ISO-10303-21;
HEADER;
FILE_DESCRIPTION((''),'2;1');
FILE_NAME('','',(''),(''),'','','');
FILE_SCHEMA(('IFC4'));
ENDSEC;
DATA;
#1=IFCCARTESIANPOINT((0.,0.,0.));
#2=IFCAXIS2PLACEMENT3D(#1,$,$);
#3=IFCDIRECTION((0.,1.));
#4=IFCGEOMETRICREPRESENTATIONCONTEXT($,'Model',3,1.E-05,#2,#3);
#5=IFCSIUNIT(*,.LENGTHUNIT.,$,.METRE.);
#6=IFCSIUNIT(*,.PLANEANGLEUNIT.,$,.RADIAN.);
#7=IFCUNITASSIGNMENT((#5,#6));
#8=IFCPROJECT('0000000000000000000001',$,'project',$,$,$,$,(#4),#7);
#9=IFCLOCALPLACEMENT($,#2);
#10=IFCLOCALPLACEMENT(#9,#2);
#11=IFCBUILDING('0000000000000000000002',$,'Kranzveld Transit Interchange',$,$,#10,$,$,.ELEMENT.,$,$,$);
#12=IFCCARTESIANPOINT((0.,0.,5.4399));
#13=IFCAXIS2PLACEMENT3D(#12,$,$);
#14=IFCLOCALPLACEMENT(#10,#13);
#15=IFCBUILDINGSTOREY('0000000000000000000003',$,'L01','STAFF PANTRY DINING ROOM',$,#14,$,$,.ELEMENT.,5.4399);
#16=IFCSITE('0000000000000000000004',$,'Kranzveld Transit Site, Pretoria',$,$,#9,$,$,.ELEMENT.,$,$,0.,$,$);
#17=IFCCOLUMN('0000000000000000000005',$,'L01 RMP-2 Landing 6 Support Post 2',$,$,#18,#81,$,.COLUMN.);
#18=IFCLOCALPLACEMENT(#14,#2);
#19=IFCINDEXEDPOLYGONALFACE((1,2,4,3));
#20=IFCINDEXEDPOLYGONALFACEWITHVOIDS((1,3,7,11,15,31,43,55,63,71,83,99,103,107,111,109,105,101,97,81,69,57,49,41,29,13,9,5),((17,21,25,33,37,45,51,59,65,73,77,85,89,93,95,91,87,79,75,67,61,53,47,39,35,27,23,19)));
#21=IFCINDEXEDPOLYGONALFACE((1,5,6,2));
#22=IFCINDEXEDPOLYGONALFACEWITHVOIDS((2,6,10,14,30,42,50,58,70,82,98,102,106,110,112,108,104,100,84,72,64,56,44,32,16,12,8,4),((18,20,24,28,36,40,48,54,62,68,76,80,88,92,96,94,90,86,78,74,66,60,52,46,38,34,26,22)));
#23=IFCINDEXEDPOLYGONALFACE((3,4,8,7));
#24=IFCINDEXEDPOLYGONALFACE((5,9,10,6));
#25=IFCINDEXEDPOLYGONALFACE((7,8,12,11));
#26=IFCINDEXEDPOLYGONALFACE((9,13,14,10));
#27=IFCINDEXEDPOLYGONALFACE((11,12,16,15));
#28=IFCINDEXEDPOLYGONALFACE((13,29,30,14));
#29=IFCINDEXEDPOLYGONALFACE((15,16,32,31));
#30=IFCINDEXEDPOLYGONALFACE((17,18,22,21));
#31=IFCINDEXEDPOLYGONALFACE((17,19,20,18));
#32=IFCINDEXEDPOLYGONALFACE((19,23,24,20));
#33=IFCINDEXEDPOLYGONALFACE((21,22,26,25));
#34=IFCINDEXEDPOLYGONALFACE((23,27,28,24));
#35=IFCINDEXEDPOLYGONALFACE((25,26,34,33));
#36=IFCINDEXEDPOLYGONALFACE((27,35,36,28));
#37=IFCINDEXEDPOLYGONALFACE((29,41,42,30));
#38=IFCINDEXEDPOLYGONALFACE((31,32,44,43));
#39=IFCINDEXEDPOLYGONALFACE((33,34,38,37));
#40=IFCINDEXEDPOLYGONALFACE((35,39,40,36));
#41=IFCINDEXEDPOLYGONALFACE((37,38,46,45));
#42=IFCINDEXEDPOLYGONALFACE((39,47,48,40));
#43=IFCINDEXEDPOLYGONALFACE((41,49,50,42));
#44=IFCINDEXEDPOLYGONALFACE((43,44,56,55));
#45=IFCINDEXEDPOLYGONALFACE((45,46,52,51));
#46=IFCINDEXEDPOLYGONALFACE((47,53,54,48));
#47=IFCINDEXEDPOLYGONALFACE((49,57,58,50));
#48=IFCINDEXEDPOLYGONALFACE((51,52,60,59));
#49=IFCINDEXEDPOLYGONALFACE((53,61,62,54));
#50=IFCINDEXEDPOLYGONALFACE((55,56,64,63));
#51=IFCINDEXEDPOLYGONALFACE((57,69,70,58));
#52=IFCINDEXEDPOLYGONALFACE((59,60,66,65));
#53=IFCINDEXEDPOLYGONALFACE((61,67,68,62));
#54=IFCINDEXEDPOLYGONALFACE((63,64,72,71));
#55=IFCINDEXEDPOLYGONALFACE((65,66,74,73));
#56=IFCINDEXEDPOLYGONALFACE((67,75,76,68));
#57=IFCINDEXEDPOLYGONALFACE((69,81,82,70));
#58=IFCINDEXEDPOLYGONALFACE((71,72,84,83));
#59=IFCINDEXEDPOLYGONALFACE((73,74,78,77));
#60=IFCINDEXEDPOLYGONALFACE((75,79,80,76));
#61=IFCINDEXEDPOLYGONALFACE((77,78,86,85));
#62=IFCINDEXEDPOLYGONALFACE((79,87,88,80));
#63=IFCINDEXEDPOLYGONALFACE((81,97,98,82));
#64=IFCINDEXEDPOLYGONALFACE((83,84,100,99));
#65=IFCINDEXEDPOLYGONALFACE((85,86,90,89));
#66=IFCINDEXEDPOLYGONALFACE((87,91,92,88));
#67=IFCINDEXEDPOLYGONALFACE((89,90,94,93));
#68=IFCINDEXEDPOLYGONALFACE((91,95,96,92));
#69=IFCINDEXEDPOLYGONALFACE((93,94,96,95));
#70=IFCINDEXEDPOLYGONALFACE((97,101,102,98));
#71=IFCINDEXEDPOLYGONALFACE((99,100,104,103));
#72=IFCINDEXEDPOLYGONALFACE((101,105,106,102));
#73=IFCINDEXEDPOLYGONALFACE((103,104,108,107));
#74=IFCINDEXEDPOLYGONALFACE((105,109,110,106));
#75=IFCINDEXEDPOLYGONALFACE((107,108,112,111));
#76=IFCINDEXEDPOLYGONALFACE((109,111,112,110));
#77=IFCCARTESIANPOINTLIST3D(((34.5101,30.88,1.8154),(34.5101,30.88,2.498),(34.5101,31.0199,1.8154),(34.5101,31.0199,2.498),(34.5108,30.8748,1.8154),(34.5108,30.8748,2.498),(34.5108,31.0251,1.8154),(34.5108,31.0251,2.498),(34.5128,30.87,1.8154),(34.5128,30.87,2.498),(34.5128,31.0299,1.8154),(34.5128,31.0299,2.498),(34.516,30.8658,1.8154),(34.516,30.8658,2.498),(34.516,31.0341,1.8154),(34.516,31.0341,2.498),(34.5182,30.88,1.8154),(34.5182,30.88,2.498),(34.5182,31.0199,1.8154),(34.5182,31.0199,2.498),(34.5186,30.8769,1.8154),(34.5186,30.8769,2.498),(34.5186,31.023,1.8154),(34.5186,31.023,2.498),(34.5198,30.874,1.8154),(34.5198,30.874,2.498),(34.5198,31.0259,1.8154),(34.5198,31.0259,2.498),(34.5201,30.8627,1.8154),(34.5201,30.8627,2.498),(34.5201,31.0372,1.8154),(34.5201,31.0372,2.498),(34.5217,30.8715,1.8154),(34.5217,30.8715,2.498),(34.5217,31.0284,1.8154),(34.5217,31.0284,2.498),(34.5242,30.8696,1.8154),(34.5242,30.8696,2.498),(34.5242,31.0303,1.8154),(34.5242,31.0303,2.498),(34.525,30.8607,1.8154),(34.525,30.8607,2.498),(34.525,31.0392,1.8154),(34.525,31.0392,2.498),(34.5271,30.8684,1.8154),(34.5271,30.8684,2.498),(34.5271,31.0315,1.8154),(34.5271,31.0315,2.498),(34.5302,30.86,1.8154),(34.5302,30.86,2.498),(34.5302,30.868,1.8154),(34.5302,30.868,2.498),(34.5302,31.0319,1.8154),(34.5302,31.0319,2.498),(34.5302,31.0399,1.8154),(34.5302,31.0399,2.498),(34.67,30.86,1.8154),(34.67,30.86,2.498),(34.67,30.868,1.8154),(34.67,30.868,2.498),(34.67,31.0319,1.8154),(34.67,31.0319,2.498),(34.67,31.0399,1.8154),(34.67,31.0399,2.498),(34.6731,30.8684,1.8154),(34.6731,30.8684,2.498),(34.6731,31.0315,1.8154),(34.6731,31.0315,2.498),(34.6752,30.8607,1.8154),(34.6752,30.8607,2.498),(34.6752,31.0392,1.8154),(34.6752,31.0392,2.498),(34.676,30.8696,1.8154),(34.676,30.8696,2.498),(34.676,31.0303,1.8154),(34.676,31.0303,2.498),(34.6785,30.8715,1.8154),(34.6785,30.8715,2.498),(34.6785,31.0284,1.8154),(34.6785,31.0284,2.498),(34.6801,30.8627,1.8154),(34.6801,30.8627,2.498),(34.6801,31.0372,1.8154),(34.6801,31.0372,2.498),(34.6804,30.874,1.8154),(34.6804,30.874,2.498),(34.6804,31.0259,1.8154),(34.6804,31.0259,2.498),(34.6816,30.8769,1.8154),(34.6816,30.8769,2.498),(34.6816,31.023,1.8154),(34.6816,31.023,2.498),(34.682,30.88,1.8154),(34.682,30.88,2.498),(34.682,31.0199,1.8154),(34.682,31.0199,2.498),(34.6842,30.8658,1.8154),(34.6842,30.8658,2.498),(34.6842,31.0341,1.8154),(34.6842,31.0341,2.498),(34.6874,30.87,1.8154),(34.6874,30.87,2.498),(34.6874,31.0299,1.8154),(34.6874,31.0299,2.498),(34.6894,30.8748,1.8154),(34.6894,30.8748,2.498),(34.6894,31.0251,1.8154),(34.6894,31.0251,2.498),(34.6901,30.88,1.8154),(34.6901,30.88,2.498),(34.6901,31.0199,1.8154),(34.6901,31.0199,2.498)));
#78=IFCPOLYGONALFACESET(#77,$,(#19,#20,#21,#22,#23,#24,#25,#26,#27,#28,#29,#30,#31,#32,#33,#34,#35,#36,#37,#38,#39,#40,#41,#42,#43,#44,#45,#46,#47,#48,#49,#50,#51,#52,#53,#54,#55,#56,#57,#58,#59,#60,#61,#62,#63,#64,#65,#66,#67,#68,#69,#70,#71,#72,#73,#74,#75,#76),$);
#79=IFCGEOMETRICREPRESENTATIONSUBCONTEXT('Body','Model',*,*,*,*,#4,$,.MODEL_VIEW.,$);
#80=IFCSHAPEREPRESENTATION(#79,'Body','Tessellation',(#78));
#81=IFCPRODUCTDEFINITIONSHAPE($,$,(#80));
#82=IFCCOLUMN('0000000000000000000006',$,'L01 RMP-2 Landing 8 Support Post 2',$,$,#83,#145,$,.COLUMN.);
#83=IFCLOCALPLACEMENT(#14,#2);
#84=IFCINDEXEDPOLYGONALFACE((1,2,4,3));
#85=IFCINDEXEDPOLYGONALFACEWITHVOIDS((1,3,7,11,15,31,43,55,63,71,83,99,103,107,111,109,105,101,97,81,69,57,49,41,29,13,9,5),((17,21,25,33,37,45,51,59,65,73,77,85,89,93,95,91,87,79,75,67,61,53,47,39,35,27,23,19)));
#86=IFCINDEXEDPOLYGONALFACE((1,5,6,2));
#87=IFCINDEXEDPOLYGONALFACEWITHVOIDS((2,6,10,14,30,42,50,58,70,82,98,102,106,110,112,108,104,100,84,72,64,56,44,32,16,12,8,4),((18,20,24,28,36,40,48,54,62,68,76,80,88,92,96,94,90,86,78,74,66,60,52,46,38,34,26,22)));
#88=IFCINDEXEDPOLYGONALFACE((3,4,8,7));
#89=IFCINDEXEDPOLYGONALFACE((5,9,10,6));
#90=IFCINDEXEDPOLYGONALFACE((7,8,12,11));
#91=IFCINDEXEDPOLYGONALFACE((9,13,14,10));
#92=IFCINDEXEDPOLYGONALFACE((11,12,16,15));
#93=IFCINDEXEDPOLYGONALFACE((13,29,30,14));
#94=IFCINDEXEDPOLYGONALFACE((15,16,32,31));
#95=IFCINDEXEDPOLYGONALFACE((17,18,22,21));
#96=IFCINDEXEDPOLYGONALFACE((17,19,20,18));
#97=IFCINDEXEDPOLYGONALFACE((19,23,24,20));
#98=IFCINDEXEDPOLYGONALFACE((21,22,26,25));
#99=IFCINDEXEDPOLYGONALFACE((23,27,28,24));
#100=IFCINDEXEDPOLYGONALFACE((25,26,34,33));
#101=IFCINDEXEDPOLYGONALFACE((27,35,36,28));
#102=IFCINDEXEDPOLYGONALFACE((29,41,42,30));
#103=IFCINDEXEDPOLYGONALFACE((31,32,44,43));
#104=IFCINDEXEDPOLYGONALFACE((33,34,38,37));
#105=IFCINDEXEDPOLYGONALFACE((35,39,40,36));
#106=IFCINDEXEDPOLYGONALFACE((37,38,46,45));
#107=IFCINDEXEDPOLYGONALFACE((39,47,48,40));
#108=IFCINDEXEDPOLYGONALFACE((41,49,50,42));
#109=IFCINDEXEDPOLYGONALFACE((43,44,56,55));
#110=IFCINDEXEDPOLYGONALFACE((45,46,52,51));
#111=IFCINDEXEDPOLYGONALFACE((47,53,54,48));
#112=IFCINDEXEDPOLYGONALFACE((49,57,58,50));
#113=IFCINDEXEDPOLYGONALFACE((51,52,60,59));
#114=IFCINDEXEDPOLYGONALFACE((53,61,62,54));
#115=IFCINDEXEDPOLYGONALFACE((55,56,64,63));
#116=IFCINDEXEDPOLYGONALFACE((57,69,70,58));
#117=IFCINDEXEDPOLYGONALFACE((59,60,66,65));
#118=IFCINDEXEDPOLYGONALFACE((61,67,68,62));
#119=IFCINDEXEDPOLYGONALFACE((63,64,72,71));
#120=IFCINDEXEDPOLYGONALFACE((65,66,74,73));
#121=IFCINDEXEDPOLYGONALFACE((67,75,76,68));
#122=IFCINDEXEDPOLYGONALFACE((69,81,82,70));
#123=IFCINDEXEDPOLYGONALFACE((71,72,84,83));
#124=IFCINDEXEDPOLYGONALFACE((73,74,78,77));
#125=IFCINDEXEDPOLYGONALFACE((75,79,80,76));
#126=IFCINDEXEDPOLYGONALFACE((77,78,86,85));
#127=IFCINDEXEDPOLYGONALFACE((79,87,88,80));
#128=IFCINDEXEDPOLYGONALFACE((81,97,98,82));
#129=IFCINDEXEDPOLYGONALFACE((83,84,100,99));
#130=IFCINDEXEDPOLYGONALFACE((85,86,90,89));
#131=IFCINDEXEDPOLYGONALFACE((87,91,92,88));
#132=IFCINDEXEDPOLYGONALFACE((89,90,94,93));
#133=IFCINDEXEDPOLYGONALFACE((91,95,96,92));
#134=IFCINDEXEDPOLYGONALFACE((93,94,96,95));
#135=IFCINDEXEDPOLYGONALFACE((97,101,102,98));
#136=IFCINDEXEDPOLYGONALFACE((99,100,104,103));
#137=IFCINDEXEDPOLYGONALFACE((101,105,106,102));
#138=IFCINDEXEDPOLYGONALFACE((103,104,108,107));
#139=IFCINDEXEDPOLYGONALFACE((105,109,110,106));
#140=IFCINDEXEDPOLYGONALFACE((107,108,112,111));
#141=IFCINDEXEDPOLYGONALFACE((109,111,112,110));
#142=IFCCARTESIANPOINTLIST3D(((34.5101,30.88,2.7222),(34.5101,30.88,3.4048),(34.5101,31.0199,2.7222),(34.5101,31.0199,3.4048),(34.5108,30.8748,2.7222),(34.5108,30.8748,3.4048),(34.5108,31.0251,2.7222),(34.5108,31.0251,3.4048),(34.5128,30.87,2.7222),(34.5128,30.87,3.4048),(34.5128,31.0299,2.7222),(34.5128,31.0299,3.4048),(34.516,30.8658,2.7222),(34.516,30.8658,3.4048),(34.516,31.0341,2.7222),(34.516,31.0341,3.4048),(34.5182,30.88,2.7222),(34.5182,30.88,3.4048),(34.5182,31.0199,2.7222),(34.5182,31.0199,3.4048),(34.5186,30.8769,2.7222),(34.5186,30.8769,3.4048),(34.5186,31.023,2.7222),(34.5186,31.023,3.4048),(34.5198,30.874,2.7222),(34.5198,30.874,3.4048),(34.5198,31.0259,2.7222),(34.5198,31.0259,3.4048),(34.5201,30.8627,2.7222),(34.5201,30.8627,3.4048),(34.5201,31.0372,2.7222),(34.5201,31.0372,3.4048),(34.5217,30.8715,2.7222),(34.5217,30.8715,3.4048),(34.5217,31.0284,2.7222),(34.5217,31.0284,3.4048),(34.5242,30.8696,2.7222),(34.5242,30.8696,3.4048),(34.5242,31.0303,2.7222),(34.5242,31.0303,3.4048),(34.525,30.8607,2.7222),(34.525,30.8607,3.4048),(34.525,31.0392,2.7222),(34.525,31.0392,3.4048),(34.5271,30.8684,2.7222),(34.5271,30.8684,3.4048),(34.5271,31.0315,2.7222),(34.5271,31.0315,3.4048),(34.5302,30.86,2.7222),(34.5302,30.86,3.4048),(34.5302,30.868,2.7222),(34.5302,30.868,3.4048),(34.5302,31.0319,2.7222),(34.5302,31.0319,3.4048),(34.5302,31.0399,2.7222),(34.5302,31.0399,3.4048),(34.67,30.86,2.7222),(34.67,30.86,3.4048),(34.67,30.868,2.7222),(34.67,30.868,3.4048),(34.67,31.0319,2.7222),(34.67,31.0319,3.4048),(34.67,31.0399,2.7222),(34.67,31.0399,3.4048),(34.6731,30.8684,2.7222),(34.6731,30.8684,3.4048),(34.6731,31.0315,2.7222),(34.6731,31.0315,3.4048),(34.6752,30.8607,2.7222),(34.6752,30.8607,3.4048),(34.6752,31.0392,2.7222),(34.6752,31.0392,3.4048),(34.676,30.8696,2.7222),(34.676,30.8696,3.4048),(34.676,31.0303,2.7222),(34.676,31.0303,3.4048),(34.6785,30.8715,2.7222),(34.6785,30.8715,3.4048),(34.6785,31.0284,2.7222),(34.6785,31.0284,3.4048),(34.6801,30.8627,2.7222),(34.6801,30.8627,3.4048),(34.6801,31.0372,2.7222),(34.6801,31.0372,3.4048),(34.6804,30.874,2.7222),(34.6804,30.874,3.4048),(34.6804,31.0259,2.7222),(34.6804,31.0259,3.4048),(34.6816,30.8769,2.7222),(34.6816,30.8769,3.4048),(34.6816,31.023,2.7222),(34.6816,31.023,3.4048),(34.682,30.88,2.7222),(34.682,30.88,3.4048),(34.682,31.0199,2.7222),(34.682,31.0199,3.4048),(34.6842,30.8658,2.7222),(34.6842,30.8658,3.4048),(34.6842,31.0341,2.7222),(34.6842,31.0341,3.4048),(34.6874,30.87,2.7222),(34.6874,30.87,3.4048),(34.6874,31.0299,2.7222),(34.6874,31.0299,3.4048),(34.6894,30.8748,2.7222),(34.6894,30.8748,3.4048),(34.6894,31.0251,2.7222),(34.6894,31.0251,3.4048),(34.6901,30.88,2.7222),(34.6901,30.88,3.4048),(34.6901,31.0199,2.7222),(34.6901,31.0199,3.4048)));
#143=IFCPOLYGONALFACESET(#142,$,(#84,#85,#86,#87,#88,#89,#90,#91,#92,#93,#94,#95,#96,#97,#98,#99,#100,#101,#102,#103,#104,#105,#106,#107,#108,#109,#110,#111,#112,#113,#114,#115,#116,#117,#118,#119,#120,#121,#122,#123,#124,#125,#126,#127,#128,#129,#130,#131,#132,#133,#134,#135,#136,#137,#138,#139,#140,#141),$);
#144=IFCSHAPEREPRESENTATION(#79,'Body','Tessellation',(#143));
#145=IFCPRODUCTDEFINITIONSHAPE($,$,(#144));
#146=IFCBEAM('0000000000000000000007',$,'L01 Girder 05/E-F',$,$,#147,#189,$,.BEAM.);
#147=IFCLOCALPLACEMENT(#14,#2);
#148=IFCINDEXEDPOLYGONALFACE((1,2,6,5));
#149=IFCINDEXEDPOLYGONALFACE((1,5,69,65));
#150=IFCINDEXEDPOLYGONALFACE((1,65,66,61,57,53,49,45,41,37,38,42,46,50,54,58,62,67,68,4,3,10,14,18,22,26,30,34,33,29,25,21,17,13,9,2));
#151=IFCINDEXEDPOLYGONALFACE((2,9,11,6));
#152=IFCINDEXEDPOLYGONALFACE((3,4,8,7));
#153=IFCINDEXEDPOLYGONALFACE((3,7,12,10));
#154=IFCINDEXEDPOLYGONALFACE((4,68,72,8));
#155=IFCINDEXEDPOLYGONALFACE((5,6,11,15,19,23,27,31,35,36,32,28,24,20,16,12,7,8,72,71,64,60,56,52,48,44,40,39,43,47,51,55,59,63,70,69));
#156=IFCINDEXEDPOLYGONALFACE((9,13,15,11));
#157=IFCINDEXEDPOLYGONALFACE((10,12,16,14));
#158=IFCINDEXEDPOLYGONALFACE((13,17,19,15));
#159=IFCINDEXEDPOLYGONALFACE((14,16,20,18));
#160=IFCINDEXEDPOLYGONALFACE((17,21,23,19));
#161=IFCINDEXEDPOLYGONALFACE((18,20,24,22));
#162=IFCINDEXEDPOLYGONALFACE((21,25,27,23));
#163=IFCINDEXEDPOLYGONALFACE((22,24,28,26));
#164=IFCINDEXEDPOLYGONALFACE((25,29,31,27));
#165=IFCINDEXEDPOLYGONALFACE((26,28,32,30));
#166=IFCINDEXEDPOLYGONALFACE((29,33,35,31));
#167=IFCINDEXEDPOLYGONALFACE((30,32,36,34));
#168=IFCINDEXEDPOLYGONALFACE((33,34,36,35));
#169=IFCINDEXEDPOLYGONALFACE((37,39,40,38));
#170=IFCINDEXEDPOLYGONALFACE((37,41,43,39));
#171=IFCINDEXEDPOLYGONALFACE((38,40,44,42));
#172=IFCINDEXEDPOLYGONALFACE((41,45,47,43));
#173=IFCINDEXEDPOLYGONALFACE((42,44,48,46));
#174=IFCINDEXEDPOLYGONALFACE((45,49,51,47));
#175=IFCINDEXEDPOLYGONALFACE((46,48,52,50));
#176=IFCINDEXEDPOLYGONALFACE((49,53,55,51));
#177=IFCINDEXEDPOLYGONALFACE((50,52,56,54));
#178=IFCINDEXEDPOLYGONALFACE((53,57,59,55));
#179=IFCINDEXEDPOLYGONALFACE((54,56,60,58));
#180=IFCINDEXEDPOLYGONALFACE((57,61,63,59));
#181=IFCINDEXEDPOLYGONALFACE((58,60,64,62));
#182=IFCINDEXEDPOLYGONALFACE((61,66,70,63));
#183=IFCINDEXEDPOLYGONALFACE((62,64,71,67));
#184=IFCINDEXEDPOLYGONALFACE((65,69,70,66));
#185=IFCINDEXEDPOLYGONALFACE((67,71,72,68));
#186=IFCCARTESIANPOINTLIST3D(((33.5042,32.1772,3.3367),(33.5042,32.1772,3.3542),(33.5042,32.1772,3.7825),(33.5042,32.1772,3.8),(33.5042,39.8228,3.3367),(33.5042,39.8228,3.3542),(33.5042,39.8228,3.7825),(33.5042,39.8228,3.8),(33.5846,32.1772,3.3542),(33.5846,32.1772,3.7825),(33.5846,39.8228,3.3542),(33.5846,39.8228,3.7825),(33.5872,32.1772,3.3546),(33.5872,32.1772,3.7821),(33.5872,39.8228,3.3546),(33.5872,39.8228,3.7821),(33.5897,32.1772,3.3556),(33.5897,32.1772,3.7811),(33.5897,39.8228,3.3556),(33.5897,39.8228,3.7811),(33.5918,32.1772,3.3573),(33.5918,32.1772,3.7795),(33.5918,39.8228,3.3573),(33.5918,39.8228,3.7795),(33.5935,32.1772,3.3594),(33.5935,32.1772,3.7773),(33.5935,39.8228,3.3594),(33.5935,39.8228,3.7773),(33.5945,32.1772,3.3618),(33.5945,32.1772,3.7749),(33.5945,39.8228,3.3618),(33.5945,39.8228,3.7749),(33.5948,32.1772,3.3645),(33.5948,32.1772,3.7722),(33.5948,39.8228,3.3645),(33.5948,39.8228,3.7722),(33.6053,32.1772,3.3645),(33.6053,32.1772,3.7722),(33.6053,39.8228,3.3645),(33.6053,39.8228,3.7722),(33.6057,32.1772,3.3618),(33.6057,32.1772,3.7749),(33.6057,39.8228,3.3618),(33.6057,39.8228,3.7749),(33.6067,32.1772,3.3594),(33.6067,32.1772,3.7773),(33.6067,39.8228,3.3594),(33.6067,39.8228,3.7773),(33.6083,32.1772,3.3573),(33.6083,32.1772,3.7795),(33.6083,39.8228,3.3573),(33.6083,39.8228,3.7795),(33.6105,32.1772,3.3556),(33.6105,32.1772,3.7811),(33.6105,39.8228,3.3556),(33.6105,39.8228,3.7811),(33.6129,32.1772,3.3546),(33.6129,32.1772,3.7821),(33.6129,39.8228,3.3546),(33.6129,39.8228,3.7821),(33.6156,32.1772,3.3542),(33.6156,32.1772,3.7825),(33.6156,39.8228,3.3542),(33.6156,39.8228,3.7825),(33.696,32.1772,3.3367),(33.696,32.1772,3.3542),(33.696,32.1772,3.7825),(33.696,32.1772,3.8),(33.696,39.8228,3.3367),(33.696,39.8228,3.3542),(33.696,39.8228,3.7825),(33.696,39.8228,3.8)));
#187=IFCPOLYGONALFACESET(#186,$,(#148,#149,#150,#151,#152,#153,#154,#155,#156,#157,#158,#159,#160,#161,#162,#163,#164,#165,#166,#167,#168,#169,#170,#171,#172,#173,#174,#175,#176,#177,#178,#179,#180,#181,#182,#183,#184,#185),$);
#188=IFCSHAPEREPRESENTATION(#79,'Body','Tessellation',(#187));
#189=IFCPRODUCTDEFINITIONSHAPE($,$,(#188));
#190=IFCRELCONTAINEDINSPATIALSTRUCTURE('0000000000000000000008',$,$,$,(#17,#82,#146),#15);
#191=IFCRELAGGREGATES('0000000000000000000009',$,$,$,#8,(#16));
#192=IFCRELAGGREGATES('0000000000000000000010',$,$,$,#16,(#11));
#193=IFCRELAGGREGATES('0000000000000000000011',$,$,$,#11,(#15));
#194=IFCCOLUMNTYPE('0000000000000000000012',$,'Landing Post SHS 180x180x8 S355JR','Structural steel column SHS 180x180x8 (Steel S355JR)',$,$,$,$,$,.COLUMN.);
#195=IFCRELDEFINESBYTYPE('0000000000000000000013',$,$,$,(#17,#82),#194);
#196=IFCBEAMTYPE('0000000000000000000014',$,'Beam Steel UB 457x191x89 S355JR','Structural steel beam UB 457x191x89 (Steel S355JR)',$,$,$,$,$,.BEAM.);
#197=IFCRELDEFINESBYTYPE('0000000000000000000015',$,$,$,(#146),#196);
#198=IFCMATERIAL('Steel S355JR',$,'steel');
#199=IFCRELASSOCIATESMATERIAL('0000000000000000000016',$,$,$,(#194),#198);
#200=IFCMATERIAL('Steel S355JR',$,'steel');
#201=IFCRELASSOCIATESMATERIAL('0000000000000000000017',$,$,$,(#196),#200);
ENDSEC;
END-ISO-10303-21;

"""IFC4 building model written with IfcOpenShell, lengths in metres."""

from ifc_helpers import new_model, si_unit, direction, frame, origin, origin_2d, place, context, subcontext, project, spatial, hollow_rectangle, i_section, extrude, material, material_profile, profile_set, type_object, element, save


model = new_model("IFC4")

# Units and contexts
model_context = context("Model", 3, precision=1e-05, world=origin(), true_north=direction((0.0, 1.0)))
body_context = subcontext(model_context, "Body", "Model", "MODEL_VIEW")
ifc_project = project(units=[si_unit("LENGTHUNIT", "METRE"), si_unit("PLANEANGLEUNIT", "RADIAN")], contexts=[model_context])

# Site, building, storey
site_placement = place(None, origin())
site = spatial("IfcSite", under=ifc_project, at=site_placement, Name="Kranzveld Transit Site, Pretoria", CompositionType="ELEMENT", RefElevation=0.0)
building_placement = place(site_placement, origin())
building = spatial("IfcBuilding", under=site, at=building_placement, Name="Kranzveld Transit Interchange", CompositionType="ELEMENT")
storey_placement = place(building_placement, frame((0.0, 0.0, 5.4399)))
storey = spatial("IfcBuildingStorey", under=building, at=storey_placement, Name="L01", Description="STAFF PANTRY DINING ROOM", CompositionType="ELEMENT", Elevation=5.4399)

# Columns
ifc_material_1 = material(Name="Steel S355JR", Category="steel")
ifc_material_profile_1 = material_profile(ifc_material_1, hollow_rectangle(XDim=0.1799, YDim=0.1799, WallThickness=0.0081, InnerFilletRadius=0.012, OuterFilletRadius=0.02, at=origin_2d()), Name="SHS 180x180x8")
ifc_profile_set_1 = profile_set([ifc_material_profile_1], Name="Steel S355JR")
column_type_1 = type_object("IfcColumnType", Name="Landing Post SHS 180x180x8 S355JR", Description="Structural steel column SHS 180x180x8 (Steel S355JR)", PredefinedType="COLUMN", material=ifc_profile_set_1)
for number, where, z_axis, x_axis, name in (
    (1, (34.6001, 30.95, 1.8154), (0.0, 0.0, 1.0), (1.0, 0.0, 0.0), "L01 RMP-2 Landing 6 Support Post 2"),
    (2, (34.6001, 30.95, 2.7222), (0.0, 0.0, 1.0), (1.0, 0.0, 0.0), "L01 RMP-2 Landing 8 Support Post 2"),
):
    element("IfcColumn", number, at=place(storey_placement, frame(where, z_axis=z_axis, x_axis=x_axis)), inside=storey, type_object=column_type_1, Name=name, PredefinedType="COLUMN", context=body_context, shape_type="SweptSolid", body=[
        extrude(hollow_rectangle(XDim=0.1799, YDim=0.1799, WallThickness=0.0081, InnerFilletRadius=0.012, OuterFilletRadius=0.02, at=origin_2d()), origin(), (0.0, 0.0, 1.0), 0.6826),
    ])

# Beam
ifc_material_2 = material(Name="Steel S355JR", Category="steel")
ifc_material_profile_2 = material_profile(ifc_material_2, i_section(OverallWidth=0.1919, OverallDepth=0.4634, WebThickness=0.0105, FlangeThickness=0.0176, FilletRadius=0.0103, at=origin_2d()), Name="UB 457x191x89")
ifc_profile_set_2 = profile_set([ifc_material_profile_2], Name="Steel S355JR")
beam_type_1 = type_object("IfcBeamType", Name="Beam Steel UB 457x191x89 S355JR", Description="Structural steel beam UB 457x191x89 (Steel S355JR)", PredefinedType="BEAM", material=ifc_profile_set_2)
beam_1_placement = place(storey_placement, frame((33.6001, 32.1772, 3.5684), z_axis=(0.0, 1.0, 0.0), x_axis=(-1.0, 0.0, 0.0)))
element("IfcBeam", 3, at=beam_1_placement, inside=storey, type_object=beam_type_1, Name="L01 Girder 05/E-F", PredefinedType="BEAM", context=body_context, shape_type="SweptSolid", body=[
    extrude(i_section(OverallWidth=0.1919, OverallDepth=0.4634, WebThickness=0.0105, FlangeThickness=0.0176, FilletRadius=0.0103, at=origin_2d()), origin(), (0.0, 0.0, 1.0), 7.6455),
])

save(model, "model.ifc")
